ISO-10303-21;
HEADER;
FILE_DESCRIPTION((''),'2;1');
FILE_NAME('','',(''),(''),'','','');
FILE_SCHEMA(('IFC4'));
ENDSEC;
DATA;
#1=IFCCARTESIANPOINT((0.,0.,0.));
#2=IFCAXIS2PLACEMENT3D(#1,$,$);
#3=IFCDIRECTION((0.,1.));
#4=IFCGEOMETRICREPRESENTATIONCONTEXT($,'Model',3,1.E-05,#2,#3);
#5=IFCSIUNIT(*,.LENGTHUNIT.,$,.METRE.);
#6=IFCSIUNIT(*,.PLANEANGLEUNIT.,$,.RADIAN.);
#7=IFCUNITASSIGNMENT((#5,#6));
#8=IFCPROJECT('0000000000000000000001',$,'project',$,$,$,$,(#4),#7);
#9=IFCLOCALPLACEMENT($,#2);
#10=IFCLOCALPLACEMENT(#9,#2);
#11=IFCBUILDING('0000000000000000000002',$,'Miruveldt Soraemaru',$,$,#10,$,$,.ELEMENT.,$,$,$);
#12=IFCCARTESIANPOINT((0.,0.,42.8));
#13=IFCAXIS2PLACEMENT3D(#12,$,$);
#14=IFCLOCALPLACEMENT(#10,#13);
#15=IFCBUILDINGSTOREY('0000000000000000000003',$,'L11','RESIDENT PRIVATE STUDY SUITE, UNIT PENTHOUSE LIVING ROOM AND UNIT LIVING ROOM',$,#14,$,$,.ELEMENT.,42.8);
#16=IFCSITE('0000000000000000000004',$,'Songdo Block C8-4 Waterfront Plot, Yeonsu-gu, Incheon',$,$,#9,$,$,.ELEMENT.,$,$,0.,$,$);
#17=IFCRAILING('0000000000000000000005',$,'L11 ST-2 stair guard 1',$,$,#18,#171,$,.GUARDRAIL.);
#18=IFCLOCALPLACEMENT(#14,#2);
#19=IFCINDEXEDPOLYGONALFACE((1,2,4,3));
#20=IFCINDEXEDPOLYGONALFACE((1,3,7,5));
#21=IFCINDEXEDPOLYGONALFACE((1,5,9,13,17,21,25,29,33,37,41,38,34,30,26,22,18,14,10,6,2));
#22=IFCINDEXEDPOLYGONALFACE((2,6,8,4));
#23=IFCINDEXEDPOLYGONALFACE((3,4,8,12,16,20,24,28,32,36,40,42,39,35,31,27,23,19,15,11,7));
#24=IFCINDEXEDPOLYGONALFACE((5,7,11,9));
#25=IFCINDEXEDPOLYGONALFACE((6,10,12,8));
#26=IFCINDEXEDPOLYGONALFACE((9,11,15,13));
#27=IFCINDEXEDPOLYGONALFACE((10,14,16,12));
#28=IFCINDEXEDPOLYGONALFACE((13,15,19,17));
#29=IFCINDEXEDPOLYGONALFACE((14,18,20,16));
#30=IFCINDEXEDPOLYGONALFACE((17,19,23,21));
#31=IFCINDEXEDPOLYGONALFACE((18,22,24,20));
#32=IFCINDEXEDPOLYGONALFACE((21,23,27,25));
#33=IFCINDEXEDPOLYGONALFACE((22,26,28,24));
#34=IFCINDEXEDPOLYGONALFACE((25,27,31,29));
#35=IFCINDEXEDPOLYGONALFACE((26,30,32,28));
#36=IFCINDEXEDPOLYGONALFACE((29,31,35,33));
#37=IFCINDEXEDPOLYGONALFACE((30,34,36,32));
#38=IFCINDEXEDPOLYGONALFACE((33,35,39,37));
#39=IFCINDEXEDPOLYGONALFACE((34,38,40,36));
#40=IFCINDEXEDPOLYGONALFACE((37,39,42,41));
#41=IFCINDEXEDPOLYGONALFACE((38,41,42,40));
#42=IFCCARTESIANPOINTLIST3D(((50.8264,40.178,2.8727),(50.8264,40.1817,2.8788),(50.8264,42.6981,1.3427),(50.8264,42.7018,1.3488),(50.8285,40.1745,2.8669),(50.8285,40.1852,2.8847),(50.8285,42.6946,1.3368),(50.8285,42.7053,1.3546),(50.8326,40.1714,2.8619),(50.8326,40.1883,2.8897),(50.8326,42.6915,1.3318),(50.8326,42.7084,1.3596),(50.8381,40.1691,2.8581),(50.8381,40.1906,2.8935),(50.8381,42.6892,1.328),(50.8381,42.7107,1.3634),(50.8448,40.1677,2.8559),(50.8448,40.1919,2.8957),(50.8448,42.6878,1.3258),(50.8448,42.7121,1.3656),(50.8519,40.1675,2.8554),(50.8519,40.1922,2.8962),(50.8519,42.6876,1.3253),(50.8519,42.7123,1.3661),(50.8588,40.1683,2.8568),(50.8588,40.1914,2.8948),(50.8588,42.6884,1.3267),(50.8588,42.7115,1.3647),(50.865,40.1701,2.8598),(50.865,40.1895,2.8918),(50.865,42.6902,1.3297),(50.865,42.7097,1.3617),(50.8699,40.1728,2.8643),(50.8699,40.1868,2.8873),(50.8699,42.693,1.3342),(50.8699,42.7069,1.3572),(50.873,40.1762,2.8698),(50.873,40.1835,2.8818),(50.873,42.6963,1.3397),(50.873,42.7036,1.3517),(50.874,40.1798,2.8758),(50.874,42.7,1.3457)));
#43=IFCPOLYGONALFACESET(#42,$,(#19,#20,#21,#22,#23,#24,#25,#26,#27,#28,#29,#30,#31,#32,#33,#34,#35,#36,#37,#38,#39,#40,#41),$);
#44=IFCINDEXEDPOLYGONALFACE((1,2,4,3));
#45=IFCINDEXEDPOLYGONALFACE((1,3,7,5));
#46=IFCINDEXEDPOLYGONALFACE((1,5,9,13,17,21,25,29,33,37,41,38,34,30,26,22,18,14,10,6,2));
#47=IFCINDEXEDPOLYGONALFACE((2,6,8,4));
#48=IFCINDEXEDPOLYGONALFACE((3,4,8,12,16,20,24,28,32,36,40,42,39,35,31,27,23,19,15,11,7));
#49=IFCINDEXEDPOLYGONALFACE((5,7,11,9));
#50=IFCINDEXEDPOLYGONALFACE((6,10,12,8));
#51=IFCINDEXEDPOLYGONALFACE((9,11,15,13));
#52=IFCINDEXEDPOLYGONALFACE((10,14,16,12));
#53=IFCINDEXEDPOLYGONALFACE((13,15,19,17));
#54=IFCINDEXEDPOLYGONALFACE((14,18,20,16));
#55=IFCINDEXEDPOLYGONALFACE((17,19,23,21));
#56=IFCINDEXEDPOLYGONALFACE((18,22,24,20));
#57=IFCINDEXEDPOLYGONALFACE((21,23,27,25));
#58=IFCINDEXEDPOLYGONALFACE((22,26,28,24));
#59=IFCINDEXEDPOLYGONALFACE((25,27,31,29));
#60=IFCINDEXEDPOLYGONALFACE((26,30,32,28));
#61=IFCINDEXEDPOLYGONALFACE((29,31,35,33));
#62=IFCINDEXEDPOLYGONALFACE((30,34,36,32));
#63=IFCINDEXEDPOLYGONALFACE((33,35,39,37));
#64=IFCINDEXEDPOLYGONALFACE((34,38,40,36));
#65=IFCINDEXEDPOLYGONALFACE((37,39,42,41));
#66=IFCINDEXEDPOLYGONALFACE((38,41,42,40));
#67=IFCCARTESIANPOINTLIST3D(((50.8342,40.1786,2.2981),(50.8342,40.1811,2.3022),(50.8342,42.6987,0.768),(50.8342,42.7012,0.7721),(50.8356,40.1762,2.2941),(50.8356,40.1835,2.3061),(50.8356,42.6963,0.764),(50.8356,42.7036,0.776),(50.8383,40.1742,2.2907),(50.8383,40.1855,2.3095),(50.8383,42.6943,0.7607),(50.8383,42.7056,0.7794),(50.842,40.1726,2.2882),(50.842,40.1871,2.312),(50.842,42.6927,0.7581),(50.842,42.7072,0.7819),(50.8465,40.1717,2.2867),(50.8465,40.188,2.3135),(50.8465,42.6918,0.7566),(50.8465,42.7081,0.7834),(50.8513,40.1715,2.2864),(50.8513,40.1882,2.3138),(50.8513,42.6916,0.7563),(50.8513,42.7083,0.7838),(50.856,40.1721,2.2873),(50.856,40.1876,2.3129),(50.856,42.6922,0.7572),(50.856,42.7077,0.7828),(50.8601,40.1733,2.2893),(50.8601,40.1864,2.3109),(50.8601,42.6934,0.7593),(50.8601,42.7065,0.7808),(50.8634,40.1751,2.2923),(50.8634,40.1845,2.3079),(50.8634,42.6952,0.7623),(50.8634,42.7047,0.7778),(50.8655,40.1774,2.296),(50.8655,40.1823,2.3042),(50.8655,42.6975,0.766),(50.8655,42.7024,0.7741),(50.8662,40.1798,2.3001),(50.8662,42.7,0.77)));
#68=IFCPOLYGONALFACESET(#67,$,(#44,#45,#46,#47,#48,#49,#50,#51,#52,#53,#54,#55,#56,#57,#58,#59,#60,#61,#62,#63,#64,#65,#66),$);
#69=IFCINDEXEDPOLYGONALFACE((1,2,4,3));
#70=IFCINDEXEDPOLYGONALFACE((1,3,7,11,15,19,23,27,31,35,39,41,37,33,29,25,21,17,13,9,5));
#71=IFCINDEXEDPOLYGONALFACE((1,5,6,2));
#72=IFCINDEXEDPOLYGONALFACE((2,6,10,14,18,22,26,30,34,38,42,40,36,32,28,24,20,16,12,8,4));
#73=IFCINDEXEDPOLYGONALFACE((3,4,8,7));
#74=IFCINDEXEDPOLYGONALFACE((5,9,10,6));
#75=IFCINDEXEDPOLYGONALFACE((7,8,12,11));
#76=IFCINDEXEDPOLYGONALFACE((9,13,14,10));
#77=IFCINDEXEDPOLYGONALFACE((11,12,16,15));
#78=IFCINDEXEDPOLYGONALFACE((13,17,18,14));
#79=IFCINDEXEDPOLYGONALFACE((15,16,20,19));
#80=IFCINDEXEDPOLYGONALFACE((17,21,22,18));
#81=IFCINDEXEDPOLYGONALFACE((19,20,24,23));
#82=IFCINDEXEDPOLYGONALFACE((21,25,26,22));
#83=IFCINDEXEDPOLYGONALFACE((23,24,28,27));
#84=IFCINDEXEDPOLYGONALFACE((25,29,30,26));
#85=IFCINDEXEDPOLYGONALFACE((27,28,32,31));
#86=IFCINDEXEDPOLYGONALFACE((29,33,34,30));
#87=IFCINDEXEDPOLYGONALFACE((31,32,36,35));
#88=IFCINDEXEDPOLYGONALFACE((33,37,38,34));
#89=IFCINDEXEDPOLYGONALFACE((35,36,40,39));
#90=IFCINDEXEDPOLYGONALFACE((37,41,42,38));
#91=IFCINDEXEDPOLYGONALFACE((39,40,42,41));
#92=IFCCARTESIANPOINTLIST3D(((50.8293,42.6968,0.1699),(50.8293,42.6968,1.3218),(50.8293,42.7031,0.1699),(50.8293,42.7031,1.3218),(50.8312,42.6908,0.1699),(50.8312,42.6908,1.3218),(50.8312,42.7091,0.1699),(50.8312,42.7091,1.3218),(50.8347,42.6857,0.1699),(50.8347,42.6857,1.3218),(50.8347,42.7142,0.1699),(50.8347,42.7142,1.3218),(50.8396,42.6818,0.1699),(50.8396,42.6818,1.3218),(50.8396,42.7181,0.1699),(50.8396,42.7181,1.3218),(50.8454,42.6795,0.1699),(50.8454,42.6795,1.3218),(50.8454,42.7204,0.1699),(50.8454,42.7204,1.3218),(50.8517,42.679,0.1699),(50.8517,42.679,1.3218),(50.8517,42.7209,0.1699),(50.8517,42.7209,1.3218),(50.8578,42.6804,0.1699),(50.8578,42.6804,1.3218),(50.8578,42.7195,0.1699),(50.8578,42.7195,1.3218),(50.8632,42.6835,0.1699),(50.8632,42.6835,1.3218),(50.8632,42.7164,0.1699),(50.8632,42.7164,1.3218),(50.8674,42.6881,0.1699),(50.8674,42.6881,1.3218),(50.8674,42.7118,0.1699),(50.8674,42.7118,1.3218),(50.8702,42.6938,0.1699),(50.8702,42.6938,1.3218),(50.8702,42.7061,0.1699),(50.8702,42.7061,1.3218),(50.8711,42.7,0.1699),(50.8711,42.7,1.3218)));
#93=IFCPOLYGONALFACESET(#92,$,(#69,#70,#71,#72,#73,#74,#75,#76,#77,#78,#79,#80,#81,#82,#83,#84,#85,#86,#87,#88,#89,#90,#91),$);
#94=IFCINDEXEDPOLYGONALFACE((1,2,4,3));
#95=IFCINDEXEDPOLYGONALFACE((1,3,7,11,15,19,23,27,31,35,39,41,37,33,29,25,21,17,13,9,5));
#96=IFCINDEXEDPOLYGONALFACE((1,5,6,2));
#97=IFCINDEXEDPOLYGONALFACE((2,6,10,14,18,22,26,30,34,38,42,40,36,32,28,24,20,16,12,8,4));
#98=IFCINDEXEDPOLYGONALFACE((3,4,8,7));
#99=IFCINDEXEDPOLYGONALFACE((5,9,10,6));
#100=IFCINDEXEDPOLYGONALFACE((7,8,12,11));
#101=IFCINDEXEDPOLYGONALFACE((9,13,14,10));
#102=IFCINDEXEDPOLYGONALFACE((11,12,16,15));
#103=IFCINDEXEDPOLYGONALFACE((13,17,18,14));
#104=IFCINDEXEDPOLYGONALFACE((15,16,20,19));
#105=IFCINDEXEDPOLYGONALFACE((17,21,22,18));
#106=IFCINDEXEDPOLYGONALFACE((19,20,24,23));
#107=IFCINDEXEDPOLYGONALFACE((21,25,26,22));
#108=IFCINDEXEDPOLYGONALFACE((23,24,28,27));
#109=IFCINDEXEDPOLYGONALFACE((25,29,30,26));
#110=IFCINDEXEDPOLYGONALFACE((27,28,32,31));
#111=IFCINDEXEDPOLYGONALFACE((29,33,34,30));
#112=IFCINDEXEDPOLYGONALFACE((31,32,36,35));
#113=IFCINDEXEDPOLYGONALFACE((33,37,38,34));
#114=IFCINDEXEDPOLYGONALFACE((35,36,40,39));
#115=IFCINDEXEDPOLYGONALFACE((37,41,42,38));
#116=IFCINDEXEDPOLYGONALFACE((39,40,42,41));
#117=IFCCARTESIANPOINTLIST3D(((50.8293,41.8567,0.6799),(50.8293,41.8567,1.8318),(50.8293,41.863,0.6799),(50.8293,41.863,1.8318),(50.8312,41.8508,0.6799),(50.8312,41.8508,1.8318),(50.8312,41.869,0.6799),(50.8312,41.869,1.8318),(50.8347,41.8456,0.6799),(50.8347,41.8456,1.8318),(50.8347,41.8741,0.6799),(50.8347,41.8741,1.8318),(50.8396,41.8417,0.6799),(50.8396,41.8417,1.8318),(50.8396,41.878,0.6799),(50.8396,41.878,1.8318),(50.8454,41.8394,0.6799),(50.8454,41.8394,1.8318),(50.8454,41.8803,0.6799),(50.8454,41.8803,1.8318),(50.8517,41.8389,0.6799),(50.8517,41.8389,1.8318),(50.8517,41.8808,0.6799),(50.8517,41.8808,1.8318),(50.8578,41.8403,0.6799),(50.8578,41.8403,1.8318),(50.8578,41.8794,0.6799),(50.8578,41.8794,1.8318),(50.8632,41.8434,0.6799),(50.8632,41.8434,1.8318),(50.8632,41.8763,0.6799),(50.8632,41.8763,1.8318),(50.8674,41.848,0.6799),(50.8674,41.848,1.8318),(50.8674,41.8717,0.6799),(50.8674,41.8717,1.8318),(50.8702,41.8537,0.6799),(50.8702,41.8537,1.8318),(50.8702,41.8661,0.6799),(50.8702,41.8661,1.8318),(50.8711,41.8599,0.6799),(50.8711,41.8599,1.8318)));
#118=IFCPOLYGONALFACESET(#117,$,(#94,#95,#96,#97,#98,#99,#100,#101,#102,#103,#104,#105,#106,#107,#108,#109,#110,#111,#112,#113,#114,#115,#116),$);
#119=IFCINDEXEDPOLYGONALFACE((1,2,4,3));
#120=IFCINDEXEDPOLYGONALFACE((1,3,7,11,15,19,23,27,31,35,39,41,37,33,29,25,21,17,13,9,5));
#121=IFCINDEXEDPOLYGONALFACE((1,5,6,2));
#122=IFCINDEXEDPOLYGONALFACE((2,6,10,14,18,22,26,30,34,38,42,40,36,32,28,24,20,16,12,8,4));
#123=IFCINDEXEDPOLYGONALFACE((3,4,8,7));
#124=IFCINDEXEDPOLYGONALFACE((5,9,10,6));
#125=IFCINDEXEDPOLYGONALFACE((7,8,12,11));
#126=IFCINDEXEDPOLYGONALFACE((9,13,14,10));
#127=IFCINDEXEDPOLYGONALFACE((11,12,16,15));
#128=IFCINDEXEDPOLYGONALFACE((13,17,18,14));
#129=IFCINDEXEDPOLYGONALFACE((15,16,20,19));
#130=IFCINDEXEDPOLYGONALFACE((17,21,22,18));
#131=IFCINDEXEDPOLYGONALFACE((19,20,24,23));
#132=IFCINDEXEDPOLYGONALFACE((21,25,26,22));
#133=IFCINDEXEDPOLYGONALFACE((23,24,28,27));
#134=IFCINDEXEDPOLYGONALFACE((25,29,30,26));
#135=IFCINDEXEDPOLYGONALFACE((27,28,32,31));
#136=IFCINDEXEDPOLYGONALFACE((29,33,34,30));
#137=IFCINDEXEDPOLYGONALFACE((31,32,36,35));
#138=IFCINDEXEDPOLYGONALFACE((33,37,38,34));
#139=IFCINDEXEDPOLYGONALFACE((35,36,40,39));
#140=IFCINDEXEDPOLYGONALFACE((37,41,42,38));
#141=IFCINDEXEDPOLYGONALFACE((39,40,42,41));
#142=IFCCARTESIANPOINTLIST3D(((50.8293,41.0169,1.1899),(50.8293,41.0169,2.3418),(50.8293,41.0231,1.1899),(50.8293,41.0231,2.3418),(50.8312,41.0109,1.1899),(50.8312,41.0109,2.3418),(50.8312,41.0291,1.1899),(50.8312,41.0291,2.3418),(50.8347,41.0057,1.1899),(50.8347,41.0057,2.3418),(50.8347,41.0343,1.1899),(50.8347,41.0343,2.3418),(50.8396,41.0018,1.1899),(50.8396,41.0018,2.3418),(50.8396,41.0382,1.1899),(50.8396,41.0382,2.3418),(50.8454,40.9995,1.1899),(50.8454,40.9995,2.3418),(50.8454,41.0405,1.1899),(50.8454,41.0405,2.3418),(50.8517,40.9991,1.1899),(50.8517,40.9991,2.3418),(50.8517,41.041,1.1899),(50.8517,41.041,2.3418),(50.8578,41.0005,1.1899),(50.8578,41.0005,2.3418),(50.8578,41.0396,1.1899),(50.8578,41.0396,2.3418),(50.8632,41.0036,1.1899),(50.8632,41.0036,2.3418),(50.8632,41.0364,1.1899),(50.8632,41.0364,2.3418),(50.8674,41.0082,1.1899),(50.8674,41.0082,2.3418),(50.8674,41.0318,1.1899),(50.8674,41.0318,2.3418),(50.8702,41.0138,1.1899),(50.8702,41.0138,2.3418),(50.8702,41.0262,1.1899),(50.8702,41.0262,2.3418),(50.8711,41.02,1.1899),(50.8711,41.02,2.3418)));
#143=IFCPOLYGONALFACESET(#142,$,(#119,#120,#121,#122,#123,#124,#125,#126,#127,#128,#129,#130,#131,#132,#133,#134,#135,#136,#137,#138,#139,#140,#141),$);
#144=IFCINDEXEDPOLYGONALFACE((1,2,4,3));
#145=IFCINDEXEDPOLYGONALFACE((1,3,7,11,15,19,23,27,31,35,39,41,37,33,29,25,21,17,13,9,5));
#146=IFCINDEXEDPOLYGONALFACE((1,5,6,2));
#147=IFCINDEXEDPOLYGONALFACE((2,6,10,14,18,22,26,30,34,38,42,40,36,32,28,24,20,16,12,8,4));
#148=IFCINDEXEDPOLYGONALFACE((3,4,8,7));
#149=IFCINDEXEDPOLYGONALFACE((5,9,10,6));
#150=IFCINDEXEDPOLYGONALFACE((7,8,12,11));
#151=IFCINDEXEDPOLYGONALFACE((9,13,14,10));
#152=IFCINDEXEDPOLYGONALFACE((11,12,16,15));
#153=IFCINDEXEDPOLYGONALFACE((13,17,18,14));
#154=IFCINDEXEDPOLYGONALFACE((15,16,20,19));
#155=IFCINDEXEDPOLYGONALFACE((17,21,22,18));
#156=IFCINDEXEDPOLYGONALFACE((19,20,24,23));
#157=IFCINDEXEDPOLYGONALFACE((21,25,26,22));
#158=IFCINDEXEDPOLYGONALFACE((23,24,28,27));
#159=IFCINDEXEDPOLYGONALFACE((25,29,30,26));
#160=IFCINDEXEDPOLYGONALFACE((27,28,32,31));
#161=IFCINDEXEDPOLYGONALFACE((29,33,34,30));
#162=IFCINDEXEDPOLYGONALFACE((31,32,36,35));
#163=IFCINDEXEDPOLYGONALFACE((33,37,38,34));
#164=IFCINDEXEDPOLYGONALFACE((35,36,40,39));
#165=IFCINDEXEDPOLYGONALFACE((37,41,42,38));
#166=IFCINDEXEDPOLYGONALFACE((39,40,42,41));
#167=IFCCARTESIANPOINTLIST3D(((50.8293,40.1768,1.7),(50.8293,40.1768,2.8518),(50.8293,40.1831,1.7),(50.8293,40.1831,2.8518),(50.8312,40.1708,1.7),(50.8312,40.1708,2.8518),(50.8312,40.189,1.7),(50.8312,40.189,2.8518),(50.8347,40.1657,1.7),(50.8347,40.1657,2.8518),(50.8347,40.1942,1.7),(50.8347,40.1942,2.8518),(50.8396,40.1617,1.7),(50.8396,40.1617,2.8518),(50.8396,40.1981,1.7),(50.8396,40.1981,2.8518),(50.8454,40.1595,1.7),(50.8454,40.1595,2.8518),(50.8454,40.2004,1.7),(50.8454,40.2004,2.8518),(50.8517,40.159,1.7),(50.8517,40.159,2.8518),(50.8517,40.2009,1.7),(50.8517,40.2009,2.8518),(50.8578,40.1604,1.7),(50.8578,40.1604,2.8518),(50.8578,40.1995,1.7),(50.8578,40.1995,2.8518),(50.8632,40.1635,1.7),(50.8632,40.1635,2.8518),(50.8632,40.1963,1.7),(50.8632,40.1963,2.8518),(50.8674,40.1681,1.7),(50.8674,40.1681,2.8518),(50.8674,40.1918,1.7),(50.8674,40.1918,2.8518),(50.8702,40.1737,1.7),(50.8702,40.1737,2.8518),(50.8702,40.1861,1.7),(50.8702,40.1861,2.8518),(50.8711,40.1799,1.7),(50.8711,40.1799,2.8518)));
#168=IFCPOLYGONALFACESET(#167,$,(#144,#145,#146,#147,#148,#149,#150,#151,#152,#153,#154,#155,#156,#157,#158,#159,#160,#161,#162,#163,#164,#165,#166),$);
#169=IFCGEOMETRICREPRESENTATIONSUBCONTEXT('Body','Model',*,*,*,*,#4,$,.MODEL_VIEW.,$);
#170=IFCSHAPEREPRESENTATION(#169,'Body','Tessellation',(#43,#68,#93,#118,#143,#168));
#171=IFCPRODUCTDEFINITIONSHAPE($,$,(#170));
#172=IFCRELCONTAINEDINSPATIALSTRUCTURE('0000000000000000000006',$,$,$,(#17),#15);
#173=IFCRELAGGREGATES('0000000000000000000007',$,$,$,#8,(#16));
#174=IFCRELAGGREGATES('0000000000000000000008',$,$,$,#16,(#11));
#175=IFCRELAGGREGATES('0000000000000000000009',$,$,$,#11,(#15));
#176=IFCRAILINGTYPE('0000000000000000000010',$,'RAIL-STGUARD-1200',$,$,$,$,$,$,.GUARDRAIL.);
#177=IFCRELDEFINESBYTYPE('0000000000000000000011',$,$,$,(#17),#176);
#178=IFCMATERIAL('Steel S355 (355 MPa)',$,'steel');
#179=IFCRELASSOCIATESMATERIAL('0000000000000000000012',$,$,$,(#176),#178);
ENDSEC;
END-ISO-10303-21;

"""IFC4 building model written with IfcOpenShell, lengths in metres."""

from ifc_helpers import new_model, si_unit, direction, frame, origin, origin_2d, place, context, subcontext, project, spatial, circle, extrude, material, type_object, element, save


model = new_model("IFC4")

# Units and contexts
model_context = context("Model", 3, precision=1e-05, world=origin(), true_north=direction((0.0, 1.0)))
body_context = subcontext(model_context, "Body", "Model", "MODEL_VIEW")
ifc_project = project(units=[si_unit("LENGTHUNIT", "METRE"), si_unit("PLANEANGLEUNIT", "RADIAN")], contexts=[model_context])

# Site, building, storey
site_placement = place(None, origin())
site = spatial("IfcSite", under=ifc_project, at=site_placement, Name="Songdo Block C8-4 Waterfront Plot, Yeonsu-gu, Incheon", CompositionType="ELEMENT", RefElevation=0.0)
building_placement = place(site_placement, origin())
building = spatial("IfcBuilding", under=site, at=building_placement, Name="Miruveldt Soraemaru", CompositionType="ELEMENT")
storey_placement = place(building_placement, frame((0.0, 0.0, 42.8)))
storey = spatial("IfcBuildingStorey", under=building, at=storey_placement, Name="L11", Description="RESIDENT PRIVATE STUDY SUITE, UNIT PENTHOUSE LIVING ROOM AND UNIT LIVING ROOM", CompositionType="ELEMENT", Elevation=42.8)

# Railing
ifc_material_1 = material(Name="Steel S355 (355 MPa)", Category="steel")
railing_type_1 = type_object("IfcRailingType", Name="RAIL-STGUARD-1200", PredefinedType="GUARDRAIL", material=ifc_material_1)
railing_1_placement = place(storey_placement, frame((50.8501, 42.7, 0.1699)))
element("IfcRailing", 1, at=railing_1_placement, inside=storey, type_object=railing_type_1, Name="L11 ST-2 stair guard 1", PredefinedType="GUARDRAIL", context=body_context, shape_type="SweptSolid", body=[
    extrude(circle(Radius=0.0239, at=origin_2d()), frame((0.0, 0.0, 1.1758), z_axis=(0.0, -0.854785, 0.518982), x_axis=(1.0, 0.0, 0.0)), (0.0, 0.0, 1.0), 2.9482),
    extrude(circle(Radius=0.0161, at=origin_2d()), frame((0.0, 0.0, 0.6001), z_axis=(0.0, -0.854785, 0.518982), x_axis=(1.0, 0.0, 0.0)), (0.0, 0.0, 1.0), 2.9482),
    extrude(circle(Radius=0.021, at=origin_2d()), origin(), (0.0, 0.0, 1.0), 1.1519),
    extrude(circle(Radius=0.021, at=origin_2d()), frame((0.0, -0.8401, 0.51)), (0.0, 0.0, 1.0), 1.1519),
    extrude(circle(Radius=0.021, at=origin_2d()), frame((0.0, -1.6799, 1.02)), (0.0, 0.0, 1.0), 1.1519),
    extrude(circle(Radius=0.021, at=origin_2d()), frame((0.0, -2.52, 1.53)), (0.0, 0.0, 1.0), 1.1519),
])

save(model, "model.ifc")
